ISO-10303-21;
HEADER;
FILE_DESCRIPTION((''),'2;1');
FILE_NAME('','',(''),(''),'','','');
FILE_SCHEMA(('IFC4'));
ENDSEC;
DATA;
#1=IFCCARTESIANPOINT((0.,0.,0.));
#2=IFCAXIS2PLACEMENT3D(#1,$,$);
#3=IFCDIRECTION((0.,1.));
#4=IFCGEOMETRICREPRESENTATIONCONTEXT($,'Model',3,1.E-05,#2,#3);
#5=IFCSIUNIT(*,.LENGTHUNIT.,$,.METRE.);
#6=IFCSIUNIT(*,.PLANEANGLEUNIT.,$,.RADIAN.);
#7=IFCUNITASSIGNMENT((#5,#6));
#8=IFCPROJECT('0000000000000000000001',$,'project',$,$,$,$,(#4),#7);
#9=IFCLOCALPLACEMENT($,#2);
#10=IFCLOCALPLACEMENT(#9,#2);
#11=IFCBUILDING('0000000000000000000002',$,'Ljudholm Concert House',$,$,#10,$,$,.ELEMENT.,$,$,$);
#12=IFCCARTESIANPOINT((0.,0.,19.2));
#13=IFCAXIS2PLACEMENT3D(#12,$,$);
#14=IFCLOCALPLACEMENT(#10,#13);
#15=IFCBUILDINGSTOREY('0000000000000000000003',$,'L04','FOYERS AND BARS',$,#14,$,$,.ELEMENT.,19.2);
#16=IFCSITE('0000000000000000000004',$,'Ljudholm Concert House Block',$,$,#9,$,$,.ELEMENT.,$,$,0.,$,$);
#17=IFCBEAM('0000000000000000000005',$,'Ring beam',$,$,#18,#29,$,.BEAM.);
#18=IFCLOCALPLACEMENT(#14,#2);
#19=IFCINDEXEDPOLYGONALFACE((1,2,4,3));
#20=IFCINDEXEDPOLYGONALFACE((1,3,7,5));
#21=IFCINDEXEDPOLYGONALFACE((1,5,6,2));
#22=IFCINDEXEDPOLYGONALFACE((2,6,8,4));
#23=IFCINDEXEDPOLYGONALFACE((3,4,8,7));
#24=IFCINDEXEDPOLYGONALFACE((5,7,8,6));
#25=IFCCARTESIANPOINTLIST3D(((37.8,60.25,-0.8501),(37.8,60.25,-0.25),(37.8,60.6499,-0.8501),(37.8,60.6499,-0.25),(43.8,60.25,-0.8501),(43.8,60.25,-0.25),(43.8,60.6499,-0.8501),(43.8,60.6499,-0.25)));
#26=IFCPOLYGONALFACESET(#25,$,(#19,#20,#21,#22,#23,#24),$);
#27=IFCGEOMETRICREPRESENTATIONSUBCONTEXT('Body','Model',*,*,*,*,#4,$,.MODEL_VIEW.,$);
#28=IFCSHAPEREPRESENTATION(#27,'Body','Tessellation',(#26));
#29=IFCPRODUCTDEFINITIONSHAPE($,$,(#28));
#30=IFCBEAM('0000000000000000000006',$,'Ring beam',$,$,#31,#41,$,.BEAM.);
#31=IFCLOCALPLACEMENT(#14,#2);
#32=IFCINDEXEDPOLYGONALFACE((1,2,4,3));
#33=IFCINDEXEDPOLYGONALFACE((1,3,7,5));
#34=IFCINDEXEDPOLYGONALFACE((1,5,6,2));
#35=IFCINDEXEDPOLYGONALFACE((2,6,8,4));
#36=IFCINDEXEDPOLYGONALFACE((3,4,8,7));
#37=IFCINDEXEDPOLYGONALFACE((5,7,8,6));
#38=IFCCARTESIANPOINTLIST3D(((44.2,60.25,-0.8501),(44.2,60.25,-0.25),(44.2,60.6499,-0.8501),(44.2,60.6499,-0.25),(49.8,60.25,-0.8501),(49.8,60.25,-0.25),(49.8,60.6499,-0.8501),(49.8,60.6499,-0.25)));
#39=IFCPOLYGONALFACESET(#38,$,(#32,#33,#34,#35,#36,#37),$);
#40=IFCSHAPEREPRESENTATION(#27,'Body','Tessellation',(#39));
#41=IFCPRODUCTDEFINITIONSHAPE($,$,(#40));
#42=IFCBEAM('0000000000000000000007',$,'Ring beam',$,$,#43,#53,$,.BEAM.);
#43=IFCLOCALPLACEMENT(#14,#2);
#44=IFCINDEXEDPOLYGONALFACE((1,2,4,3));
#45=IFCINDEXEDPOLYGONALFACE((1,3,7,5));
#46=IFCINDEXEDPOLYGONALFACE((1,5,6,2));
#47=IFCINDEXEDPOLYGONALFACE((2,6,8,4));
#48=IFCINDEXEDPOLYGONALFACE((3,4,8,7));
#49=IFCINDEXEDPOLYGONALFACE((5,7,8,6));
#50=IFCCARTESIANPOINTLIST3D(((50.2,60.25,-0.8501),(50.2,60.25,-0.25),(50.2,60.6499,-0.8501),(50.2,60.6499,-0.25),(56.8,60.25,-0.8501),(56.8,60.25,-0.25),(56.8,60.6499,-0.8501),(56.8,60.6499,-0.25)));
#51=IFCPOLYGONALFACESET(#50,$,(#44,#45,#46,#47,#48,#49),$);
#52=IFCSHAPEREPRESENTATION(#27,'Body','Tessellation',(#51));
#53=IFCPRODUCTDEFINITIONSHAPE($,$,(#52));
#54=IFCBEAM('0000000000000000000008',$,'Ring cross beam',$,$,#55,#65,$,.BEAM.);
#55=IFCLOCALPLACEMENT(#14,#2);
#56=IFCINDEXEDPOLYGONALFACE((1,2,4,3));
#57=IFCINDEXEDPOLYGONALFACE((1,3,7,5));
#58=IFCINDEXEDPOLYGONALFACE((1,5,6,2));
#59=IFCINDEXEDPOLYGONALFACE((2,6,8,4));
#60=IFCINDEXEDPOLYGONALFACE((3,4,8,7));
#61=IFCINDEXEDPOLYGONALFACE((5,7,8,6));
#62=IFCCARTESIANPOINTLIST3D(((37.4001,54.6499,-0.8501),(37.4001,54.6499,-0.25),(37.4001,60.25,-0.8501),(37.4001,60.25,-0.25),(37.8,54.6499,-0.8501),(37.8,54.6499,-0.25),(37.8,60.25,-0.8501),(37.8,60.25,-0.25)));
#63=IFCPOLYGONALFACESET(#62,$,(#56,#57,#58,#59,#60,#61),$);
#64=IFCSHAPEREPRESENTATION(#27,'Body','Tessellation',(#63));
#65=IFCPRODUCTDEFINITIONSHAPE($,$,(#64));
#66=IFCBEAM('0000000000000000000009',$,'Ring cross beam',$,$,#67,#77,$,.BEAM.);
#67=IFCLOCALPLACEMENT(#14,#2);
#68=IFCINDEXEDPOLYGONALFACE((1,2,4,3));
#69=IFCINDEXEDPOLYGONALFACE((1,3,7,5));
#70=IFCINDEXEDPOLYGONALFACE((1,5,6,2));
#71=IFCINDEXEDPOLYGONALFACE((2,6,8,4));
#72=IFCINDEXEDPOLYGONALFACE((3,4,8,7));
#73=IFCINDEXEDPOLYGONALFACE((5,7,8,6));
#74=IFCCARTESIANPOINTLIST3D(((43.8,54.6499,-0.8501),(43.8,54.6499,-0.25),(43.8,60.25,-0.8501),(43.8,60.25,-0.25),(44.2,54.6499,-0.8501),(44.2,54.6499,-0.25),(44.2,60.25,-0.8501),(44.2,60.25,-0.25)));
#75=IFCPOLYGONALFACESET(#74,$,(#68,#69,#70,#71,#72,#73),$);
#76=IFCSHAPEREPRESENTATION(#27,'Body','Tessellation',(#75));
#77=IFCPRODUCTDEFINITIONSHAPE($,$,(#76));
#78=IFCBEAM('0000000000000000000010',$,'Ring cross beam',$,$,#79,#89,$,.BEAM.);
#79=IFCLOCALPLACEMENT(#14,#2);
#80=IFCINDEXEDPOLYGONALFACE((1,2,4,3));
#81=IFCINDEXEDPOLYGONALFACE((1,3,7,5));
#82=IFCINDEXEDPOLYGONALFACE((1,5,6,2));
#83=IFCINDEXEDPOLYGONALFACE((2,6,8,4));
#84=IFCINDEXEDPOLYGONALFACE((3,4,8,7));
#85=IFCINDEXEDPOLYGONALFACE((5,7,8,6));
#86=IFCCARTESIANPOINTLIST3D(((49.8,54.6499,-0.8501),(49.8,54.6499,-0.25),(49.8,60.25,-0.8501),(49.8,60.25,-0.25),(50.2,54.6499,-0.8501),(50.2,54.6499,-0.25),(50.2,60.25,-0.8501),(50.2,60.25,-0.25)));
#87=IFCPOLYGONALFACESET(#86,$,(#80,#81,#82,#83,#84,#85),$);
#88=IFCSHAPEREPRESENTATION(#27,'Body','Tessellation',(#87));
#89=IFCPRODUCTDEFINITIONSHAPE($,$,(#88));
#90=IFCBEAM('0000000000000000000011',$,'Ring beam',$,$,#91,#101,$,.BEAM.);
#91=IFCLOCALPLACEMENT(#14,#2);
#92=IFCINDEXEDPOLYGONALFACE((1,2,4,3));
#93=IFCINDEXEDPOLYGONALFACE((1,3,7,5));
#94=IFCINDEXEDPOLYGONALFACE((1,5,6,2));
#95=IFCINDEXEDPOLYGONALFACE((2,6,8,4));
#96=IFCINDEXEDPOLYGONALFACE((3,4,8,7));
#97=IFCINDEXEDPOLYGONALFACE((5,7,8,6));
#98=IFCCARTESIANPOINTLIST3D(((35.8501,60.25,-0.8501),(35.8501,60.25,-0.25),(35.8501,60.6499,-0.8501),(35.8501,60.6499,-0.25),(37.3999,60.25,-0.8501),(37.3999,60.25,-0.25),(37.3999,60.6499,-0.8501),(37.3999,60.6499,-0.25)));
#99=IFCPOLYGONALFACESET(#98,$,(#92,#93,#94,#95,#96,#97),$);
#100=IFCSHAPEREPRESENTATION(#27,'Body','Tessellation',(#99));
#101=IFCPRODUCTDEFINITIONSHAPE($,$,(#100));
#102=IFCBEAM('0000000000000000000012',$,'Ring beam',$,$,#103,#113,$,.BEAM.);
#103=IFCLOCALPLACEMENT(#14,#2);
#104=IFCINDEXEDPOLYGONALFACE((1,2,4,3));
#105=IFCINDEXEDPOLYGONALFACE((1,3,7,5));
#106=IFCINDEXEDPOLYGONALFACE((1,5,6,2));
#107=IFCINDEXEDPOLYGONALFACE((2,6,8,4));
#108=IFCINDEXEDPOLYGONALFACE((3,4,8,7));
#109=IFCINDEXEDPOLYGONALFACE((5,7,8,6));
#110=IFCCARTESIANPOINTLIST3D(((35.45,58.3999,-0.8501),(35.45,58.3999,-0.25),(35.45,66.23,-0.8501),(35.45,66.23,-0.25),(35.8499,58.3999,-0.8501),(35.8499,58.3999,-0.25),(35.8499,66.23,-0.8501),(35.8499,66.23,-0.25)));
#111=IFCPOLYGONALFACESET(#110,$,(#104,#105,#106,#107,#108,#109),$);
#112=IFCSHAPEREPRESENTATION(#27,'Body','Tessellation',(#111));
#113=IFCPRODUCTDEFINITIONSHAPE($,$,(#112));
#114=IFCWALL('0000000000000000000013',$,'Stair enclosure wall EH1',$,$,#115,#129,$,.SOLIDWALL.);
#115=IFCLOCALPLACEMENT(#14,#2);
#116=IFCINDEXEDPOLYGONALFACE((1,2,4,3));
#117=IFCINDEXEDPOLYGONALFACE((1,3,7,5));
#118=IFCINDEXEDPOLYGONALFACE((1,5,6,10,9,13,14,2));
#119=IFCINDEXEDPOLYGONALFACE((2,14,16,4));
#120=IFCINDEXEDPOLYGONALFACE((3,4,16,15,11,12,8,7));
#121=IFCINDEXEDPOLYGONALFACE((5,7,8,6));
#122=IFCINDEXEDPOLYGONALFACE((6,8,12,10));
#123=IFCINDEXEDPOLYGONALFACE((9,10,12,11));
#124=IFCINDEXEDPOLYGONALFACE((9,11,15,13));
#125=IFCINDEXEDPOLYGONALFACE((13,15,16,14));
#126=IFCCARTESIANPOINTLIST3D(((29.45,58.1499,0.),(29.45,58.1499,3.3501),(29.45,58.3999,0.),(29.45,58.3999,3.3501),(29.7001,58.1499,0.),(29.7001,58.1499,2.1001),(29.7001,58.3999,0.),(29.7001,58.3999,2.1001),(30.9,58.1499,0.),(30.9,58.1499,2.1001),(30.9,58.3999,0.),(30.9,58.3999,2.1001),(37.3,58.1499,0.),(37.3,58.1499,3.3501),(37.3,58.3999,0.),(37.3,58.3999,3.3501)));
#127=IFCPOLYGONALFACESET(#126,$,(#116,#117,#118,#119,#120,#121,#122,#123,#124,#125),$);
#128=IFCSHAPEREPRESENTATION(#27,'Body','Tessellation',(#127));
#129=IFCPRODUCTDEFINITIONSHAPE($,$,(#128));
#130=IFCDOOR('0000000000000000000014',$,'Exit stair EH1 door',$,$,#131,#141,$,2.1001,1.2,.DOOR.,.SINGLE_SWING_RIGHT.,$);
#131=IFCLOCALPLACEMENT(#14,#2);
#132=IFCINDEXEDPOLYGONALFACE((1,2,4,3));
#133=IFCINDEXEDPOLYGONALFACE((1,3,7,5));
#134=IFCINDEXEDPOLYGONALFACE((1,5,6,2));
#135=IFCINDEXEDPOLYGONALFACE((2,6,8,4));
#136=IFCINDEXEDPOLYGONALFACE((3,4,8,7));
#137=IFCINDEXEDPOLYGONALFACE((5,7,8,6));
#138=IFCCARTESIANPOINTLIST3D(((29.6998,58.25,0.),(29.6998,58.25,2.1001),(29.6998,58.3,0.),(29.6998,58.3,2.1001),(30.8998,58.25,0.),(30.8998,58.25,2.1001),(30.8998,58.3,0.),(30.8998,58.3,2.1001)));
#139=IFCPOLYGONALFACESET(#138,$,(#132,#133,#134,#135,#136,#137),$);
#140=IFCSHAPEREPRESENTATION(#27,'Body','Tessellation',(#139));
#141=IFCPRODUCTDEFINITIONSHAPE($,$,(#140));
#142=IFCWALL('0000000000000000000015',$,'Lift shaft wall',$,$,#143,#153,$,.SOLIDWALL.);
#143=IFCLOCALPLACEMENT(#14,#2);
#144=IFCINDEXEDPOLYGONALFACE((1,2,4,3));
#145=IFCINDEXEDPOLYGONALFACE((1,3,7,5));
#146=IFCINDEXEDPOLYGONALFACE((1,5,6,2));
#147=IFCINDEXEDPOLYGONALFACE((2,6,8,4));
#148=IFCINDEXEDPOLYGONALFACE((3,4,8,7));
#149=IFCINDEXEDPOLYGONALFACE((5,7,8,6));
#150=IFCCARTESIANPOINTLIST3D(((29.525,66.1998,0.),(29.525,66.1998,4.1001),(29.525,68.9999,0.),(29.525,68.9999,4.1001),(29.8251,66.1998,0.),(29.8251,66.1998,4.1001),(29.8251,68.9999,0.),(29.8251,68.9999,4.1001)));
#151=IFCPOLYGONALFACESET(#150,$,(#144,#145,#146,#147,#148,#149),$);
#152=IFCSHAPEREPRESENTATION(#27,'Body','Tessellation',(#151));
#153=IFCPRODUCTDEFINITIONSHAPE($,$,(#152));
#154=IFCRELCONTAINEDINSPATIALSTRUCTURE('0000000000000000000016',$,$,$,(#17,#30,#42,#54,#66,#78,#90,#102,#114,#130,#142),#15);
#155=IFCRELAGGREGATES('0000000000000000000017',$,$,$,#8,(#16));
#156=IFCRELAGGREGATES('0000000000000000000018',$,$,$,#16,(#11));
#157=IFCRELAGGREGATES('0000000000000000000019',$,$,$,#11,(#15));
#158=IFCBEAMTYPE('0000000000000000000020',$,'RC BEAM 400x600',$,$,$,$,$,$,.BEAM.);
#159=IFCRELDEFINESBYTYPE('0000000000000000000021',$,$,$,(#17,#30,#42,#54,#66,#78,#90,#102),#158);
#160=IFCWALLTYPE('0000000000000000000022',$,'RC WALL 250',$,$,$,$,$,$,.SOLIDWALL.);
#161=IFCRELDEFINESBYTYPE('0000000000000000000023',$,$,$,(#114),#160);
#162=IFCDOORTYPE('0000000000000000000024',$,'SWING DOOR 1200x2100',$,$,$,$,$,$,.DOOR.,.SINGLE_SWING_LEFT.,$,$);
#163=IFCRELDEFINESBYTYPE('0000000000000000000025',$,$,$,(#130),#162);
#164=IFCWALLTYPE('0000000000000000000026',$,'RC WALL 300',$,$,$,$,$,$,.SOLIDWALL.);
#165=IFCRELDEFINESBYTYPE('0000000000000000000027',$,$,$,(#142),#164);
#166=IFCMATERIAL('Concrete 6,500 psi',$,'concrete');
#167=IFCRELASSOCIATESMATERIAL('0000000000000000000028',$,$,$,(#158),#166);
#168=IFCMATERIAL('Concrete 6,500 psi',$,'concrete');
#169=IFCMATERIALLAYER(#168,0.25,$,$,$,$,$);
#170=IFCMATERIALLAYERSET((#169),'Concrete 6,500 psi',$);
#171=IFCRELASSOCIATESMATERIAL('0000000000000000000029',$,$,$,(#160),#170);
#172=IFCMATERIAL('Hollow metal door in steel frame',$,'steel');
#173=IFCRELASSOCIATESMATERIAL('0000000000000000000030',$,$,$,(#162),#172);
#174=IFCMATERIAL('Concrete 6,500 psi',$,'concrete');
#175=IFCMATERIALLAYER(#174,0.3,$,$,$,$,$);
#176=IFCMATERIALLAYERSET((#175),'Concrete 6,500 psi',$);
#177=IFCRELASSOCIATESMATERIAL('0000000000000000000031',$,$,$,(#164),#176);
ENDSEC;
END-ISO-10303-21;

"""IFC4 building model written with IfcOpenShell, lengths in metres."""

from ifc_helpers import new_model, si_unit, direction, frame, frame_2d, origin, origin_2d, place, context, subcontext, project, spatial, rectangle, extrude, material, layer, layer_set, material_profile, profile_set, type_object, element, fill, save


model = new_model("IFC4")

# Units and contexts
model_context = context("Model", 3, precision=1e-05, world=origin(), true_north=direction((0.0, 1.0)))
body_context = subcontext(model_context, "Body", "Model", "MODEL_VIEW")
ifc_project = project(units=[si_unit("LENGTHUNIT", "METRE"), si_unit("PLANEANGLEUNIT", "RADIAN")], contexts=[model_context])

# Site, building, storey
site_placement = place(None, origin())
site = spatial("IfcSite", under=ifc_project, at=site_placement, Name="Ljudholm Concert House Block", CompositionType="ELEMENT", RefElevation=0.0)
building_placement = place(site_placement, origin())
building = spatial("IfcBuilding", under=site, at=building_placement, Name="Ljudholm Concert House", CompositionType="ELEMENT")
storey_placement = place(building_placement, frame((0.0, 0.0, 19.2)))
storey = spatial("IfcBuildingStorey", under=building, at=storey_placement, Name="L04", Description="FOYERS AND BARS", CompositionType="ELEMENT", Elevation=19.2)

# Beams
ifc_material_1 = material(Name="Concrete 6,500 psi", Category="concrete")
ifc_material_profile = material_profile(ifc_material_1, rectangle(XDim=0.3999, YDim=0.6001, at=origin_2d()), Name="RC BEAM 400x600")
ifc_profile_set = profile_set([ifc_material_profile], Name="Concrete 6,500 psi")
beam_type = type_object("IfcBeamType", Name="RC BEAM 400x600", PredefinedType="BEAM", material=ifc_profile_set)
beam_1_placement = place(storey_placement, frame((37.8, 60.45, -0.55), z_axis=(1.0, 0.0, 0.0), x_axis=(0.0, 1.0, 0.0)))
element("IfcBeam", 1, at=beam_1_placement, inside=storey, type_object=beam_type, Name="Ring beam", PredefinedType="BEAM", context=body_context, shape_type="SweptSolid", body=[
    extrude(rectangle(XDim=0.3999, YDim=0.6001, at=origin_2d()), origin(), (0.0, 0.0, 1.0), 6.0),
])
beam_2_placement = place(storey_placement, frame((44.2, 60.45, -0.55), z_axis=(1.0, 0.0, 0.0), x_axis=(0.0, 1.0, 0.0)))
element("IfcBeam", 2, at=beam_2_placement, inside=storey, type_object=beam_type, Name="Ring beam", PredefinedType="BEAM", context=body_context, shape_type="SweptSolid", body=[
    extrude(rectangle(XDim=0.3999, YDim=0.6001, at=origin_2d()), origin(), (0.0, 0.0, 1.0), 5.6001),
])
beam_3_placement = place(storey_placement, frame((50.2, 60.45, -0.55), z_axis=(1.0, 0.0, 0.0), x_axis=(0.0, 1.0, 0.0)))
element("IfcBeam", 3, at=beam_3_placement, inside=storey, type_object=beam_type, Name="Ring beam", PredefinedType="BEAM", context=body_context, shape_type="SweptSolid", body=[
    extrude(rectangle(XDim=0.3999, YDim=0.6001, at=origin_2d()), origin(), (0.0, 0.0, 1.0), 6.6001),
])
for number, where, z_axis, x_axis, name in (
    (4, (37.6001, 60.25, -0.55), (0.0, -1.0, 0.0), (1.0, 0.0, 0.0), "Ring cross beam"),
    (5, (44.0, 60.25, -0.55), (0.0, -1.0, 0.0), (1.0, 0.0, 0.0), "Ring cross beam"),
    (6, (50.0, 60.25, -0.55), (0.0, -1.0, 0.0), (1.0, 0.0, 0.0), "Ring cross beam"),
):
    element("IfcBeam", number, at=place(storey_placement, frame(where, z_axis=z_axis, x_axis=x_axis)), inside=storey, type_object=beam_type, Name=name, PredefinedType="BEAM", context=body_context, shape_type="SweptSolid", body=[
        extrude(rectangle(XDim=0.3999, YDim=0.6001, at=origin_2d()), origin(), (0.0, 0.0, 1.0), 5.6001),
    ])
beam_4_placement = place(storey_placement, frame((35.8501, 60.45, -0.55), z_axis=(1.0, 0.0, 0.0), x_axis=(0.0, 1.0, 0.0)))
element("IfcBeam", 7, at=beam_4_placement, inside=storey, type_object=beam_type, Name="Ring beam", PredefinedType="BEAM", context=body_context, shape_type="SweptSolid", body=[
    extrude(rectangle(XDim=0.3999, YDim=0.6001, at=origin_2d()), origin(), (0.0, 0.0, 1.0), 1.5498),
])
beam_5_placement = place(storey_placement, frame((35.6499, 58.3999, -0.55), z_axis=(0.0, 1.0, 0.0), x_axis=(-1.0, 0.0, 0.0)))
element("IfcBeam", 8, at=beam_5_placement, inside=storey, type_object=beam_type, Name="Ring beam", PredefinedType="BEAM", context=body_context, shape_type="SweptSolid", body=[
    extrude(rectangle(XDim=0.3999, YDim=0.6001, at=origin_2d()), origin(), (0.0, 0.0, 1.0), 7.8301),
])

# Wall, opening, door
ifc_material_2 = material(Name="Concrete 6,500 psi", Category="concrete")
ifc_layer_1 = layer(ifc_material_2, 0.25)
ifc_layer_set_1 = layer_set([ifc_layer_1], Name="Concrete 6,500 psi")
wall_type_1 = type_object("IfcWallType", Name="RC WALL 250", PredefinedType="SOLIDWALL", material=ifc_layer_set_1)
wall_1_placement = place(storey_placement, frame((29.45, 58.2749, 0.0), z_axis=(0.0, 0.0, 1.0), x_axis=(1.0, 0.0, 0.0)))
wall_1 = element("IfcWall", 9, at=wall_1_placement, inside=storey, type_object=wall_type_1, Name="Stair enclosure wall EH1", PredefinedType="SOLIDWALL", context=body_context, shape_type="SweptSolid", body=[
    extrude(rectangle(XDim=7.8501, YDim=0.25, at=frame_2d((3.925, 0.0))), origin(), (0.0, 0.0, 1.0), 3.3501),
])
opening_placement = place(wall_1_placement, frame((0.25, 0.0, 0.0)))
opening = element("IfcOpeningElement", 10, at=opening_placement, cuts=wall_1, PredefinedType="OPENING", context=body_context, shape_type="SweptSolid", body=[
    extrude(rectangle(XDim=1.2, YDim=2.1001, at=frame_2d((0.6001, 1.05))), frame((0.0, 0.135, 0.0), z_axis=(0.0, -1.0, 0.0), x_axis=(1.0, 0.0, 0.0)), (0.0, 0.0, 1.0), 0.27),
])
ifc_material_3 = material(Name="Hollow metal door in steel frame", Category="steel")
door_type = type_object("IfcDoorType", Name="SWING DOOR 1200x2100", OperationType="SINGLE_SWING_LEFT", PredefinedType="DOOR", material=ifc_material_3)
door_placement = place(opening_placement, frame((1.2, 0.0, 0.0), z_axis=(0.0, 0.0, 1.0), x_axis=(-1.0, 0.0, 0.0)))
door = element("IfcDoor", 11, at=door_placement, inside=storey, type_object=door_type, Name="Exit stair EH1 door", OperationType="SINGLE_SWING_RIGHT", OverallHeight=2.1001, OverallWidth=1.2, PredefinedType="DOOR", context=body_context, shape_type="SweptSolid", body=[
    extrude(rectangle(XDim=1.2, YDim=2.1001, at=frame_2d((0.6001, 1.05))), frame((0.0, 0.0249, 0.0), z_axis=(0.0, -1.0, 0.0), x_axis=(1.0, 0.0, 0.0)), (0.0, 0.0, 1.0), 0.05),
])
fill(opening, door)

# Wall
ifc_material_4 = material(Name="Concrete 6,500 psi", Category="concrete")
ifc_layer_2 = layer(ifc_material_4, 0.3)
ifc_layer_set_2 = layer_set([ifc_layer_2], Name="Concrete 6,500 psi")
wall_type_2 = type_object("IfcWallType", Name="RC WALL 300", PredefinedType="SOLIDWALL", material=ifc_layer_set_2)
wall_2_placement = place(storey_placement, frame((29.675, 66.2, 0.0), z_axis=(0.0, 0.0, 1.0), x_axis=(0.0, 1.0, 0.0)))
element("IfcWall", 12, at=wall_2_placement, inside=storey, type_object=wall_type_2, Name="Lift shaft wall", PredefinedType="SOLIDWALL", context=body_context, shape_type="SweptSolid", body=[
    extrude(rectangle(XDim=2.8, YDim=0.3, at=frame_2d((1.3999, 0.0))), origin(), (0.0, 0.0, 1.0), 4.1001),
])

save(model, "model.ifc")
